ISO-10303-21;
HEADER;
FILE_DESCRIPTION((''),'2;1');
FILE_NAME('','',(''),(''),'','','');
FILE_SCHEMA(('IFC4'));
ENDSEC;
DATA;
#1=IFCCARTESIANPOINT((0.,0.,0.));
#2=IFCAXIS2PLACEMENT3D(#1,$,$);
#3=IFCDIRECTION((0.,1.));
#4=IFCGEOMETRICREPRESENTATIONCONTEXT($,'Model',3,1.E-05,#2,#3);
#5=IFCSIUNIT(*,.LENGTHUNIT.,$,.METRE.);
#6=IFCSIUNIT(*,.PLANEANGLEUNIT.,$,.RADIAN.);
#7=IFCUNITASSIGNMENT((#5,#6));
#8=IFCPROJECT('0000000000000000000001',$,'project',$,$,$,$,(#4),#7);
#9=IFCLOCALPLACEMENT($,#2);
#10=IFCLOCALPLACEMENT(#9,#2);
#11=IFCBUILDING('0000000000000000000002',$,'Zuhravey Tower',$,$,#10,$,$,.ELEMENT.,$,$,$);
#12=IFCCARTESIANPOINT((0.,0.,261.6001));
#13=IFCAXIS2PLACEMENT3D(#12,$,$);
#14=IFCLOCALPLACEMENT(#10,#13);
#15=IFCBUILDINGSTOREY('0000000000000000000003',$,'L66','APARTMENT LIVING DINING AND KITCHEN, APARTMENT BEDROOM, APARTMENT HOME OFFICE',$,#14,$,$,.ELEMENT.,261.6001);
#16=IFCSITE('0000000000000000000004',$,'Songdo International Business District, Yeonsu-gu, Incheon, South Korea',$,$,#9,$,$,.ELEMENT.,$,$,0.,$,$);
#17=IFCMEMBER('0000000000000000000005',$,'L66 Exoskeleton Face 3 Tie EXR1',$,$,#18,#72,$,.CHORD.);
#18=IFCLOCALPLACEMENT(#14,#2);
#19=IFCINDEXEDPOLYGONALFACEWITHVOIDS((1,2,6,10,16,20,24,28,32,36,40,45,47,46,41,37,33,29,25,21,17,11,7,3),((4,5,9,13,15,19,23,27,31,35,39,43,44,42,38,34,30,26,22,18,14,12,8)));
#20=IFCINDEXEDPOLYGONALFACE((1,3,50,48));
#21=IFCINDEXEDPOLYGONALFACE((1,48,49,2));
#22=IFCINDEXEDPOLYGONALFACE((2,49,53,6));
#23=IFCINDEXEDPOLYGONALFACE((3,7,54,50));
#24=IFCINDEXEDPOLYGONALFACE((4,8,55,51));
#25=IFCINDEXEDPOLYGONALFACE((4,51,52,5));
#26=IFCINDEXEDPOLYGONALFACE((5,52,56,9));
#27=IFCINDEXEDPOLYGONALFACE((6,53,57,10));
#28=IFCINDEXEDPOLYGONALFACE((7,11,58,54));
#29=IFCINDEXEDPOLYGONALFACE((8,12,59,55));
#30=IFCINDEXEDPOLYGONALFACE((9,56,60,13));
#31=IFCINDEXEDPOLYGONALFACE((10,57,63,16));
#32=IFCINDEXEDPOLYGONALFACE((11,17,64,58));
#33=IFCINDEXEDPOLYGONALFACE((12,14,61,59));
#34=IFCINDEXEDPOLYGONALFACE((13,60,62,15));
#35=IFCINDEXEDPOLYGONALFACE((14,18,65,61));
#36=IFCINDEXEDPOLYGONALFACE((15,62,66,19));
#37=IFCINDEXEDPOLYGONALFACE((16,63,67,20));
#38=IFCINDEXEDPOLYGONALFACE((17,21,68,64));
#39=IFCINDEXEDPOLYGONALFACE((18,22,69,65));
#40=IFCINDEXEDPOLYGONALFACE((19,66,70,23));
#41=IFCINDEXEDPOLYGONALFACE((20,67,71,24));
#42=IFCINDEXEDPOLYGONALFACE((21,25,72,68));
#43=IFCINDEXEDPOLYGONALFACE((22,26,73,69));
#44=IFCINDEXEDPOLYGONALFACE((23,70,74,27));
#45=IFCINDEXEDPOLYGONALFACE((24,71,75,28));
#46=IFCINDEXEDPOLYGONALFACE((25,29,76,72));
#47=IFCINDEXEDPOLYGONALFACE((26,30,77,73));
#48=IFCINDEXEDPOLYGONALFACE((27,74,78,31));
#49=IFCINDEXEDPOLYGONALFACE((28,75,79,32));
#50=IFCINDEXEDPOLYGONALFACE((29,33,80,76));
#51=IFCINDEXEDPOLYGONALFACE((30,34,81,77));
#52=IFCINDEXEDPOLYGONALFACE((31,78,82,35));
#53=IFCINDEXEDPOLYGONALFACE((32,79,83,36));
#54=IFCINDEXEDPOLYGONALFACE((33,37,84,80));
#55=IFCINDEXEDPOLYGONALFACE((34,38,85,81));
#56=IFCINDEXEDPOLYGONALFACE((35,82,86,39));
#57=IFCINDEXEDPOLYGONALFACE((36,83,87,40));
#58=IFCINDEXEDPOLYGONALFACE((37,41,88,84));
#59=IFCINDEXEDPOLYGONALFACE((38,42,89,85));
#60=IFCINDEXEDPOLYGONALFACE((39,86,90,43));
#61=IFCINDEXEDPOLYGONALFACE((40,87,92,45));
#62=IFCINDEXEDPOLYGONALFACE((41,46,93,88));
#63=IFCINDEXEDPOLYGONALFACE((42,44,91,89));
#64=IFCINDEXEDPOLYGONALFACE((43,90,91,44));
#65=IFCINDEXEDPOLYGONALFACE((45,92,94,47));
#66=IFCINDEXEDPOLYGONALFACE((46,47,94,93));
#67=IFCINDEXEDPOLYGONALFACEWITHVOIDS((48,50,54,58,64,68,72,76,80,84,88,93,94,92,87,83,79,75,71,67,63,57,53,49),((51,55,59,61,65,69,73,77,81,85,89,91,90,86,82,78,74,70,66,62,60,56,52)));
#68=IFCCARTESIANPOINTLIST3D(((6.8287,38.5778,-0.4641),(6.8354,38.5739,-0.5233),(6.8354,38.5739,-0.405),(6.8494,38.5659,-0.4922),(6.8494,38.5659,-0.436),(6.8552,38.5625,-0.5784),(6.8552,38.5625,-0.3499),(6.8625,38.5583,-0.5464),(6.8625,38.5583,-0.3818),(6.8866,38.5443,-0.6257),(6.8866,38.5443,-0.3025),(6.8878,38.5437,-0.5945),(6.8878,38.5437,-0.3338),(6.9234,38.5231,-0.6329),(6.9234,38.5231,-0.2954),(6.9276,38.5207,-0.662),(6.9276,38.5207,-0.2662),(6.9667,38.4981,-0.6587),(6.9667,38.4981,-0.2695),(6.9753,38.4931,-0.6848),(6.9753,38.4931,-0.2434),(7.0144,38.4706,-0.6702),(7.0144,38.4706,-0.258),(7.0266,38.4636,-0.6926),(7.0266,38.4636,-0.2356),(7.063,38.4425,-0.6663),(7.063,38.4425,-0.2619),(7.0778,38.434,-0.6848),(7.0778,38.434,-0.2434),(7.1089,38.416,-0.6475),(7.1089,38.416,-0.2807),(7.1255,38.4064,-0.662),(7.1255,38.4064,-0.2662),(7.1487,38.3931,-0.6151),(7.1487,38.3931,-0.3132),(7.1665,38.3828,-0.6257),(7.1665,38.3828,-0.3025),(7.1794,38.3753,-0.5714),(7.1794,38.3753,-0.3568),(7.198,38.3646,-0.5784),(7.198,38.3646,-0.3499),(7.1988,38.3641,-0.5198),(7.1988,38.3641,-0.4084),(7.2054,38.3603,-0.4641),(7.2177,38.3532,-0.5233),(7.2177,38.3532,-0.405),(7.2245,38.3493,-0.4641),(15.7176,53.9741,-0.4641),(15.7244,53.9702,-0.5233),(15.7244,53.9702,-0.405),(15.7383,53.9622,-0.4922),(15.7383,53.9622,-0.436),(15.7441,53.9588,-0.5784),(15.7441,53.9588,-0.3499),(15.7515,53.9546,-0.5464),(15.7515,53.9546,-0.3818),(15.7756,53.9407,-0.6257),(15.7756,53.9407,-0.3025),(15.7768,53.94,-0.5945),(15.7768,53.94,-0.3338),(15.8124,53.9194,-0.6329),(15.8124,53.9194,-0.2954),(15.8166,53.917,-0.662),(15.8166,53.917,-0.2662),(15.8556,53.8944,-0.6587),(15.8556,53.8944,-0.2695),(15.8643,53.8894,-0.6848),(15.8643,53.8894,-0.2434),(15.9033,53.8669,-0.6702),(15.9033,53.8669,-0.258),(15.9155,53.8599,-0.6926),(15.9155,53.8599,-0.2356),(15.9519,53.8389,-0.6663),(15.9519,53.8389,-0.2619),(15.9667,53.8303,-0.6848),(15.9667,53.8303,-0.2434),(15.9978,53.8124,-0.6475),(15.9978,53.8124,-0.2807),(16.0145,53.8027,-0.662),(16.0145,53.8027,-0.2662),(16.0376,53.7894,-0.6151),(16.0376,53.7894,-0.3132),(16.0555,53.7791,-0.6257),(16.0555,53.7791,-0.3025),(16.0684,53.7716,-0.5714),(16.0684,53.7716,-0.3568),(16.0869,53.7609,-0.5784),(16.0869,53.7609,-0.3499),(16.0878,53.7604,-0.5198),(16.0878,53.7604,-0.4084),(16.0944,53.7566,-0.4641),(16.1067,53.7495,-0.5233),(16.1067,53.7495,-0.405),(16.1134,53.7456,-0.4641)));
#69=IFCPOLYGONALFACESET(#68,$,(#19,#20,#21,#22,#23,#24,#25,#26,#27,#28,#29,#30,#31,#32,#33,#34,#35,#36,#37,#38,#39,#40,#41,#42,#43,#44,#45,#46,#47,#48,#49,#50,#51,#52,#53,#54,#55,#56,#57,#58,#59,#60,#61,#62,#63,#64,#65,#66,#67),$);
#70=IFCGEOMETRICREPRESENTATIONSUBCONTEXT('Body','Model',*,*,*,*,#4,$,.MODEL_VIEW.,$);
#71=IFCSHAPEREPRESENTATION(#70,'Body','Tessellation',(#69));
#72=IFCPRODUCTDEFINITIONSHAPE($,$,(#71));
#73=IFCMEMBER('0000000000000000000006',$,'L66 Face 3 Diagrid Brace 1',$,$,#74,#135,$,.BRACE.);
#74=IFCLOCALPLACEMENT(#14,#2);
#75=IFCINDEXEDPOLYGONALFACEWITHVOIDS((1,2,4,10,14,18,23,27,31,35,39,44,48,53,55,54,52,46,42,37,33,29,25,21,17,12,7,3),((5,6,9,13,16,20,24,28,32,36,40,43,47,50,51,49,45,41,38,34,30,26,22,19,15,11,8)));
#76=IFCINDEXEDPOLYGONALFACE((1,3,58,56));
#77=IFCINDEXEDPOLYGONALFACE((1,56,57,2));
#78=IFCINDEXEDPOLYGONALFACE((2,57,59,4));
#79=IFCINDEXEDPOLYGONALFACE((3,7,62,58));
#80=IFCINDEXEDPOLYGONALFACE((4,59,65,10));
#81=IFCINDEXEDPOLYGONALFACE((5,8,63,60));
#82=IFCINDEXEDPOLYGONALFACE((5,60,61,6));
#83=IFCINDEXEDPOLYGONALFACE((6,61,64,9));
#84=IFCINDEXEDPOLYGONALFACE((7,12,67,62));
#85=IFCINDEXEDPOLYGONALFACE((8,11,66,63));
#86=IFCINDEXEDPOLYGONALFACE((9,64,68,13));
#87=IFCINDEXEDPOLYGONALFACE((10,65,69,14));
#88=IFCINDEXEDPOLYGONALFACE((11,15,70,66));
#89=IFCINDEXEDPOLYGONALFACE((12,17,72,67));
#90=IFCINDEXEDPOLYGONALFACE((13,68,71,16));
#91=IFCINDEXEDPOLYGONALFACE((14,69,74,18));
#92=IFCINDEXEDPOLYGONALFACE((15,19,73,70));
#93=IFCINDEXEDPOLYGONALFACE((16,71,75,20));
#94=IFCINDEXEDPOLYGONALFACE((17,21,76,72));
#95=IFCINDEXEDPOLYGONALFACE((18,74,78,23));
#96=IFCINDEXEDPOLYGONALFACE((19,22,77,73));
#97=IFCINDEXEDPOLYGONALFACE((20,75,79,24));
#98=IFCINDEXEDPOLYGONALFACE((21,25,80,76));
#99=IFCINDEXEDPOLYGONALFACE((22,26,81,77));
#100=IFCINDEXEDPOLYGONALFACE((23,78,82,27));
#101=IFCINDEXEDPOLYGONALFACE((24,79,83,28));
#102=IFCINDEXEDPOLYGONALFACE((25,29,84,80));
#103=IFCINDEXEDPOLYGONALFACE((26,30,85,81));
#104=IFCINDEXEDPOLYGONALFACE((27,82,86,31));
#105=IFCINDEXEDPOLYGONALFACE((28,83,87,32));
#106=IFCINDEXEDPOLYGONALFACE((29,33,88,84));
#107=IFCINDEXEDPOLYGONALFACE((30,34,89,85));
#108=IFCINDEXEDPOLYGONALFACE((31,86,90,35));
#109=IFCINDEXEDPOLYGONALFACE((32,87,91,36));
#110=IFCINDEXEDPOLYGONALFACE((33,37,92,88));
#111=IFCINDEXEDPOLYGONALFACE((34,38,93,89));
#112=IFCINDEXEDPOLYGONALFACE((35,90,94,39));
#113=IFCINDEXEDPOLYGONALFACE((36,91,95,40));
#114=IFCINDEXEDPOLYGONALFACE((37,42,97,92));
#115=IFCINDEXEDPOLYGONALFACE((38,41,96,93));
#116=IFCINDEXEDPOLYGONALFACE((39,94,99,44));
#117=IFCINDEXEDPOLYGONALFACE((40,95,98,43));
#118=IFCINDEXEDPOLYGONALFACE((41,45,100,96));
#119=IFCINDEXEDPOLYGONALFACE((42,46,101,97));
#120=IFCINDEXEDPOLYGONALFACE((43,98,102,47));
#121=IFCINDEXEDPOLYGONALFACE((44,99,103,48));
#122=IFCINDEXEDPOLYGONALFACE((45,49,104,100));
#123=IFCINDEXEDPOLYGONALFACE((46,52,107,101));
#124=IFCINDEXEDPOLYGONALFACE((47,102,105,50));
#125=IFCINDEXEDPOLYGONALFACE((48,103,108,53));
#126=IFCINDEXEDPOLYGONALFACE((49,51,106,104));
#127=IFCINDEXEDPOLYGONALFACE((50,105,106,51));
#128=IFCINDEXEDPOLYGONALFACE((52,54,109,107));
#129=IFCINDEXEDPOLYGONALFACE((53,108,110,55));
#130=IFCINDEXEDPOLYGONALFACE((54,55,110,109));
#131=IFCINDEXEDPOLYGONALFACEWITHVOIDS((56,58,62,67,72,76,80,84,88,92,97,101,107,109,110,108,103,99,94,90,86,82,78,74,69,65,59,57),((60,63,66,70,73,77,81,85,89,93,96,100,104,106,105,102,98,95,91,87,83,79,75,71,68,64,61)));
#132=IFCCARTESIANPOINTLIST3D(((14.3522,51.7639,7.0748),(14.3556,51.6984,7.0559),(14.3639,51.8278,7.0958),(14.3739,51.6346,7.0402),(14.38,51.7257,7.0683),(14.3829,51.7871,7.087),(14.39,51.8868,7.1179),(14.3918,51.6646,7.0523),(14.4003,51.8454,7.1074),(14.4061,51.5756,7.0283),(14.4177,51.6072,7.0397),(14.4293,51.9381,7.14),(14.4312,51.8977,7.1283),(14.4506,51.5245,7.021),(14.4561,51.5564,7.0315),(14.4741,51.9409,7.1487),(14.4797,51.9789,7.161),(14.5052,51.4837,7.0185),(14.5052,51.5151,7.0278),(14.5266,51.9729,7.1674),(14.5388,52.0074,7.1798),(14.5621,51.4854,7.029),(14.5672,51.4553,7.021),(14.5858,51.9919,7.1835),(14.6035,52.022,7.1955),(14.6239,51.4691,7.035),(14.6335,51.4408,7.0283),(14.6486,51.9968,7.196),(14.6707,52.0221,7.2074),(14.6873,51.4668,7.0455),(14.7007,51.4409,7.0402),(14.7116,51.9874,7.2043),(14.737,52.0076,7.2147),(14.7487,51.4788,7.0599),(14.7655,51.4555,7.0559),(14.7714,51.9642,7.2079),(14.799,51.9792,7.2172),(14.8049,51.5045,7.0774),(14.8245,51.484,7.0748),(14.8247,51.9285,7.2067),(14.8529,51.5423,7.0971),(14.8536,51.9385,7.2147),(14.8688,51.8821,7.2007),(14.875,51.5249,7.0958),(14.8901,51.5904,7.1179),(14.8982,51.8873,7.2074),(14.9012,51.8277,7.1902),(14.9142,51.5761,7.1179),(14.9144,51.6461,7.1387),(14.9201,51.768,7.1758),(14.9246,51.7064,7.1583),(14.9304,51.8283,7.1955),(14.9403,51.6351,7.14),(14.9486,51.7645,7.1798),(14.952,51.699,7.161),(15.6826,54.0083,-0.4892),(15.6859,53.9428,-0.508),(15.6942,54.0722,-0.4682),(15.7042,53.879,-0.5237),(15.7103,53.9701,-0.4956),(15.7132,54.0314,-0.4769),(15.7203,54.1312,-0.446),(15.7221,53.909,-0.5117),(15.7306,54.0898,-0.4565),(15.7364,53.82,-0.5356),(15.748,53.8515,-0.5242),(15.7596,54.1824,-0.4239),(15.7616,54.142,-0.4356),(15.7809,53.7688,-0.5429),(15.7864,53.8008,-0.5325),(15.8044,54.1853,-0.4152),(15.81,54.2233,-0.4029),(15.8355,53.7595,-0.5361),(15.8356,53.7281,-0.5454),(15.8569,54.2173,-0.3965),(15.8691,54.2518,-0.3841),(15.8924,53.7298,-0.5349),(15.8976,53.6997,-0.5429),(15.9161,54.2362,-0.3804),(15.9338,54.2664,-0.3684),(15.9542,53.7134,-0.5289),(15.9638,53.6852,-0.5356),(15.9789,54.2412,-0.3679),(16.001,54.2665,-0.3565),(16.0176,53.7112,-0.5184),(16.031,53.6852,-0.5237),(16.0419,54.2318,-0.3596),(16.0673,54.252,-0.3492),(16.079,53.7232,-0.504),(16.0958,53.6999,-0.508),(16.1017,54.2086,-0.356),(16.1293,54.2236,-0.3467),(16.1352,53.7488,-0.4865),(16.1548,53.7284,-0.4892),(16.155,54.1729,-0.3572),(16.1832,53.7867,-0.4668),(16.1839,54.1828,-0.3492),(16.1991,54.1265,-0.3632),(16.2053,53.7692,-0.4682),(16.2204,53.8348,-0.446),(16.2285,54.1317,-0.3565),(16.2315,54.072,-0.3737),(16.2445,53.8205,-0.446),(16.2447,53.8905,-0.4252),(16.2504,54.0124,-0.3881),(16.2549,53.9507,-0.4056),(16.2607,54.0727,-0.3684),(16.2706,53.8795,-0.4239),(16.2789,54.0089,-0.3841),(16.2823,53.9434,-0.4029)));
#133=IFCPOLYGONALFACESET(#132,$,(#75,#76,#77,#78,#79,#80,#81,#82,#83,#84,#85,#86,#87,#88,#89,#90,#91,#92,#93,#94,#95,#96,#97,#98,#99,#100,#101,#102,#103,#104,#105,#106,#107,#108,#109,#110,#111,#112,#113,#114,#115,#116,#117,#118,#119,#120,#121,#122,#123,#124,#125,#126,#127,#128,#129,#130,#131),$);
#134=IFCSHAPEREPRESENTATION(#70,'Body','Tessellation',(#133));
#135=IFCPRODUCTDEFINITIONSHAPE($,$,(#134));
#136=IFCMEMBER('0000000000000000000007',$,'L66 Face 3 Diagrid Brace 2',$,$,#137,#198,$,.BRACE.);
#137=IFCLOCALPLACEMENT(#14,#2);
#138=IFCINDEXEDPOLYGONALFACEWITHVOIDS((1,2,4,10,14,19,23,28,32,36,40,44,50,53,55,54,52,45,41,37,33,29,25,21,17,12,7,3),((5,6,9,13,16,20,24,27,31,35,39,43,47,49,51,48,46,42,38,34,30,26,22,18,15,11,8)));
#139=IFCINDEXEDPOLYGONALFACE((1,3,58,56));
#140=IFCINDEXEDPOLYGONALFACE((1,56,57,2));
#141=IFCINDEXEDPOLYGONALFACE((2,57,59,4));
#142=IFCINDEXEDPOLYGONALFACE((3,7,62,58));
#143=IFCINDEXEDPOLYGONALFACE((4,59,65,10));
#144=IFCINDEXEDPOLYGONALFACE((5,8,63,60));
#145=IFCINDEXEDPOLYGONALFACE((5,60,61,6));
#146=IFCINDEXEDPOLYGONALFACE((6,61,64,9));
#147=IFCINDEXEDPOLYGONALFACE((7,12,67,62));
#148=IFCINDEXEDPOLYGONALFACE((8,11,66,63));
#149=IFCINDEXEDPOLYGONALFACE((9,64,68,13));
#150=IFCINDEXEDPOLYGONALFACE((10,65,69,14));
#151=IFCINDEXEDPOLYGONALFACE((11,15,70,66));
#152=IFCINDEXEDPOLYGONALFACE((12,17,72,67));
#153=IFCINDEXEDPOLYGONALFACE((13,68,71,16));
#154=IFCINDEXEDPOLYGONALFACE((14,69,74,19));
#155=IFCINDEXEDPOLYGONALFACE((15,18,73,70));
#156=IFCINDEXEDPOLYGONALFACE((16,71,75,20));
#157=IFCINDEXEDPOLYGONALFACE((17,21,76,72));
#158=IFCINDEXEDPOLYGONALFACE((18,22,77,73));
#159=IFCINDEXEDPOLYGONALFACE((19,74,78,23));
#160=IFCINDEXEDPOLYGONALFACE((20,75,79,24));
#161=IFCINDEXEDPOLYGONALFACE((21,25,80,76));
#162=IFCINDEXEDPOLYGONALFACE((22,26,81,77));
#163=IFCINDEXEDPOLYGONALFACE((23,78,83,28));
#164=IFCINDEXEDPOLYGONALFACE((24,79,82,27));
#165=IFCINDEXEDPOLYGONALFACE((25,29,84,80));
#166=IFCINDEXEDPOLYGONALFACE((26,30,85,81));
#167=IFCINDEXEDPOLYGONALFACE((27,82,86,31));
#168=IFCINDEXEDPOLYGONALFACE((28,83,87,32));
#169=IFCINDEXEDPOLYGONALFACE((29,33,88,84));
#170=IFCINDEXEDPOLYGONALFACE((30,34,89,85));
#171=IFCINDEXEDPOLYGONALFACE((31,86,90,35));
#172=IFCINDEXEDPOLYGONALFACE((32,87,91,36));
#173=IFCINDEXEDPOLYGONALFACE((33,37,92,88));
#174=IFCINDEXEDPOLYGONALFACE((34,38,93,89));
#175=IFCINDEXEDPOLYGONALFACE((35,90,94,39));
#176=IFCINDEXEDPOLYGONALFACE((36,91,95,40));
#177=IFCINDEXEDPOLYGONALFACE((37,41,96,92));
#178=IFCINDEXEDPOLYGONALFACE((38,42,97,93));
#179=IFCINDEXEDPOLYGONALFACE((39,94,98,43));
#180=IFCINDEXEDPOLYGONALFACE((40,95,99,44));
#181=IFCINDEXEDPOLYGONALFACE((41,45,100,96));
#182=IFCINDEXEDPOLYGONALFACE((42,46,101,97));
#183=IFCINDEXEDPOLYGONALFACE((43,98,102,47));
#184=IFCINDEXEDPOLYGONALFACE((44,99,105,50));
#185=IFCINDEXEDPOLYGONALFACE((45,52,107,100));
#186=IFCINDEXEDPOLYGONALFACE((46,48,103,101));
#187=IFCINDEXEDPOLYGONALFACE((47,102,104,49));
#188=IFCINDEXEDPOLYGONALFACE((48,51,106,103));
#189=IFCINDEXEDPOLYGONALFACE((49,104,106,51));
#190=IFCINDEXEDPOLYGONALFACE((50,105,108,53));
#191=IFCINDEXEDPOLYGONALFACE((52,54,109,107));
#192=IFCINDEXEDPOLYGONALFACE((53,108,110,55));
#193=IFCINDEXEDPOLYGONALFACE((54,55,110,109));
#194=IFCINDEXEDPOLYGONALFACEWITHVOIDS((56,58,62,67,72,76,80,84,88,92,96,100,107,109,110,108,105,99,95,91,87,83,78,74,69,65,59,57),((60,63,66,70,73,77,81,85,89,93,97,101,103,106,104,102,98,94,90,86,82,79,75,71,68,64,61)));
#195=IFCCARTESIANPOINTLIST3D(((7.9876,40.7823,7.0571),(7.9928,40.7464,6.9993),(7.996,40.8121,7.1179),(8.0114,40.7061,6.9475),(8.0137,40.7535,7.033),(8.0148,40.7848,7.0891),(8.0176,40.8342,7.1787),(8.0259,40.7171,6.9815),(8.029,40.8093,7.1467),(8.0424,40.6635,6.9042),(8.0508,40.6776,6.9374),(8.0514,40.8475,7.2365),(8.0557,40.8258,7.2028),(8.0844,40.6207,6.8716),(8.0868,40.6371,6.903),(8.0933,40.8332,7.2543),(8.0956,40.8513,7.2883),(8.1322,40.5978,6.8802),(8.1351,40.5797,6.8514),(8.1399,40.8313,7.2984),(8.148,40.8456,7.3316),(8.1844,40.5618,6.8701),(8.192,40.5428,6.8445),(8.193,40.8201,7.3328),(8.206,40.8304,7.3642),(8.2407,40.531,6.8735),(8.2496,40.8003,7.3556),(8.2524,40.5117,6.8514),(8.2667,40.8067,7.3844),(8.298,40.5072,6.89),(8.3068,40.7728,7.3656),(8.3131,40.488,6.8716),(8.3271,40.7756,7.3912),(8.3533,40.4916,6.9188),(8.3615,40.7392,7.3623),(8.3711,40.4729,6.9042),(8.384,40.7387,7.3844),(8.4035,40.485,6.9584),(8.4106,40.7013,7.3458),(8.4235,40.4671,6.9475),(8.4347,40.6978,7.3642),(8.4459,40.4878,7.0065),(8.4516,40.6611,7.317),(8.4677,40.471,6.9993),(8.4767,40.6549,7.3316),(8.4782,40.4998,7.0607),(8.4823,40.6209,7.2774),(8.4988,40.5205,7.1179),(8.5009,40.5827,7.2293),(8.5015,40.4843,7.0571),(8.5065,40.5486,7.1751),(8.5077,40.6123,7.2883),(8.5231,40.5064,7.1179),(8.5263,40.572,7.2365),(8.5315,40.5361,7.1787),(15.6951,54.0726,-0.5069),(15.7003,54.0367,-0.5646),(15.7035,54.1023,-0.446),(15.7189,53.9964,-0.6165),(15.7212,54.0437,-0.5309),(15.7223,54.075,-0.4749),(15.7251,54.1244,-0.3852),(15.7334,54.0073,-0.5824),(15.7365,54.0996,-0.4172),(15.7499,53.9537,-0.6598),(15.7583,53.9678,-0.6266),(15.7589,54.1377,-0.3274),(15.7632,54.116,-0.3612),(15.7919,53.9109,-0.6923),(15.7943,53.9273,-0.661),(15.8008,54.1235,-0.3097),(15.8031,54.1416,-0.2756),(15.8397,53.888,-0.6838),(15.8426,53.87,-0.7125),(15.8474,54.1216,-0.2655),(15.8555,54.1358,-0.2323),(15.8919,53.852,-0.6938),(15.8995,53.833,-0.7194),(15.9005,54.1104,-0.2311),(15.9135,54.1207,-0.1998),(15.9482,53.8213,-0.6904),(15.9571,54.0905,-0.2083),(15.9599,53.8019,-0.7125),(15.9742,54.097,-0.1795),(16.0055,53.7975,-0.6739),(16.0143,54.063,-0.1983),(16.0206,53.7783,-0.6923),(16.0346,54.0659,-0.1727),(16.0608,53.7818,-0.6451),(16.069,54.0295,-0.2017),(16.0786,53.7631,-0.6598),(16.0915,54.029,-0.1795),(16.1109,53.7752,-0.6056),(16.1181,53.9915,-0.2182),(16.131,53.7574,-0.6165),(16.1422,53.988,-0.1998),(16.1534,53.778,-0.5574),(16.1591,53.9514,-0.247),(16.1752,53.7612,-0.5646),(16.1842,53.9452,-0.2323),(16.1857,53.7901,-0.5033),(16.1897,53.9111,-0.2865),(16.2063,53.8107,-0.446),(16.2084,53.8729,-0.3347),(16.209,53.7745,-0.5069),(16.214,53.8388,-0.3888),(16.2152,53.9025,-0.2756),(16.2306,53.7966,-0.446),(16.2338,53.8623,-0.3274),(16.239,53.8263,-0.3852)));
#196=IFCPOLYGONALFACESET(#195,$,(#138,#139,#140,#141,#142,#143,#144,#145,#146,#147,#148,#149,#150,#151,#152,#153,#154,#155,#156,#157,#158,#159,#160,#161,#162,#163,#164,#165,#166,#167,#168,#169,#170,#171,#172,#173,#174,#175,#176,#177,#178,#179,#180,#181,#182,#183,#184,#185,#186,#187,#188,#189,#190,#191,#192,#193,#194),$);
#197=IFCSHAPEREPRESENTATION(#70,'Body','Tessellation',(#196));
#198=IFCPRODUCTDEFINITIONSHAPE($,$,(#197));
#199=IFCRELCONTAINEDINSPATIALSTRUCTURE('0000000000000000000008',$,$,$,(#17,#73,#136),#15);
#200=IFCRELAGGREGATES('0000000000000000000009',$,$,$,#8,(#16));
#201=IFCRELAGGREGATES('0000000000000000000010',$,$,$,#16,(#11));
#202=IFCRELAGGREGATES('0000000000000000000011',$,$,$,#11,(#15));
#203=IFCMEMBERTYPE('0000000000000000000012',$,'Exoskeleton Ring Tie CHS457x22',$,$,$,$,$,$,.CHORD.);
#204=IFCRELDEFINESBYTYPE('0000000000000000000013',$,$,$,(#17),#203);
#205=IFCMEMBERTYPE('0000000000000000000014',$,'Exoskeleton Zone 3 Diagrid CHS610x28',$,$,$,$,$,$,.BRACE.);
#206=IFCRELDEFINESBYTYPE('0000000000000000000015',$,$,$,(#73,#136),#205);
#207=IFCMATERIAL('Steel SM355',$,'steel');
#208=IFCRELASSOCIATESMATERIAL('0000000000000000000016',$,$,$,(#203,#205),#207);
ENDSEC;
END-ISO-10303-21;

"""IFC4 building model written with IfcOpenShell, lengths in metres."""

from ifc_helpers import new_model, si_unit, direction, frame, origin, origin_2d, place, context, subcontext, project, spatial, hollow_circle, extrude, material, material_profile, profile_set, type_object, element, save


model = new_model("IFC4")

# Units and contexts
model_context = context("Model", 3, precision=1e-05, world=origin(), true_north=direction((0.0, 1.0)))
body_context = subcontext(model_context, "Body", "Model", "MODEL_VIEW")
ifc_project = project(units=[si_unit("LENGTHUNIT", "METRE"), si_unit("PLANEANGLEUNIT", "RADIAN")], contexts=[model_context])

# Site, building, storey
site_placement = place(None, origin())
site = spatial("IfcSite", under=ifc_project, at=site_placement, Name="Songdo International Business District, Yeonsu-gu, Incheon, South Korea", CompositionType="ELEMENT", RefElevation=0.0)
building_placement = place(site_placement, origin())
building = spatial("IfcBuilding", under=site, at=building_placement, Name="Zuhravey Tower", CompositionType="ELEMENT")
storey_placement = place(building_placement, frame((0.0, 0.0, 261.6001)))
storey = spatial("IfcBuildingStorey", under=building, at=storey_placement, Name="L66", Description="APARTMENT LIVING DINING AND KITCHEN, APARTMENT BEDROOM, APARTMENT HOME OFFICE", CompositionType="ELEMENT", Elevation=261.6001)

# Members
ifc_material_1 = material(Name="Steel SM355", Category="steel")
ifc_material_profile_1 = material_profile(ifc_material_1, hollow_circle(Radius=0.2285, WallThickness=0.022, at=origin_2d()), Name="CHS-457.2x22")
ifc_profile_set_1 = profile_set([ifc_material_profile_1], Name="Steel SM355")
member_type_1 = type_object("IfcMemberType", Name="Exoskeleton Ring Tie CHS457x22", PredefinedType="CHORD", material=ifc_profile_set_1)
member_1_placement = place(storey_placement, frame((15.9155, 53.8599, -0.4641), z_axis=(-0.499995, -0.866028, 0.0), x_axis=(0.866028, -0.499995, 0.0)))
element("IfcMember", 1, at=member_1_placement, inside=storey, type_object=member_type_1, Name="L66 Exoskeleton Face 3 Tie EXR1", PredefinedType="CHORD", context=body_context, shape_type="SweptSolid", body=[
    extrude(hollow_circle(Radius=0.2285, WallThickness=0.022, at=origin_2d()), origin(), (0.0, 0.0, 1.0), 17.7781),
])
ifc_material_profile_2 = material_profile(ifc_material_1, hollow_circle(Radius=0.3047, WallThickness=0.0281, at=origin_2d()), Name="CHS-609.6x28")
ifc_profile_set_2 = profile_set([ifc_material_profile_2], Name="Steel SM355")
member_type_2 = type_object("IfcMemberType", Name="Exoskeleton Zone 3 Diagrid CHS610x28", PredefinedType="BRACE", material=ifc_profile_set_2)
member_2_placement = place(storey_placement, frame((15.9824, 53.9758, -0.446), z_axis=(-0.166264, -0.280503, 0.945344), x_axis=(0.860238, -0.509892, 0.0)))
element("IfcMember", 2, at=member_2_placement, inside=storey, type_object=member_type_2, Name="L66 Face 3 Diagrid Brace 1", PredefinedType="BRACE", context=body_context, shape_type="SweptSolid", body=[
    extrude(hollow_circle(Radius=0.3047, WallThickness=0.0281, at=origin_2d()), origin(), (0.0, 0.0, 1.0), 8.0012),
])
member_3_placement = place(storey_placement, frame((15.967, 53.9495, -0.446), z_axis=(-0.450085, -0.776094, 0.441702), x_axis=(0.865055, -0.501677, 0.0)))
element("IfcMember", 3, at=member_3_placement, inside=storey, type_object=member_type_2, Name="L66 Face 3 Diagrid Brace 2", PredefinedType="BRACE", context=body_context, shape_type="SweptSolid", body=[
    extrude(hollow_circle(Radius=0.3047, WallThickness=0.0281, at=origin_2d()), origin(), (0.0, 0.0, 1.0), 17.1245),
])

save(model, "model.ifc")
